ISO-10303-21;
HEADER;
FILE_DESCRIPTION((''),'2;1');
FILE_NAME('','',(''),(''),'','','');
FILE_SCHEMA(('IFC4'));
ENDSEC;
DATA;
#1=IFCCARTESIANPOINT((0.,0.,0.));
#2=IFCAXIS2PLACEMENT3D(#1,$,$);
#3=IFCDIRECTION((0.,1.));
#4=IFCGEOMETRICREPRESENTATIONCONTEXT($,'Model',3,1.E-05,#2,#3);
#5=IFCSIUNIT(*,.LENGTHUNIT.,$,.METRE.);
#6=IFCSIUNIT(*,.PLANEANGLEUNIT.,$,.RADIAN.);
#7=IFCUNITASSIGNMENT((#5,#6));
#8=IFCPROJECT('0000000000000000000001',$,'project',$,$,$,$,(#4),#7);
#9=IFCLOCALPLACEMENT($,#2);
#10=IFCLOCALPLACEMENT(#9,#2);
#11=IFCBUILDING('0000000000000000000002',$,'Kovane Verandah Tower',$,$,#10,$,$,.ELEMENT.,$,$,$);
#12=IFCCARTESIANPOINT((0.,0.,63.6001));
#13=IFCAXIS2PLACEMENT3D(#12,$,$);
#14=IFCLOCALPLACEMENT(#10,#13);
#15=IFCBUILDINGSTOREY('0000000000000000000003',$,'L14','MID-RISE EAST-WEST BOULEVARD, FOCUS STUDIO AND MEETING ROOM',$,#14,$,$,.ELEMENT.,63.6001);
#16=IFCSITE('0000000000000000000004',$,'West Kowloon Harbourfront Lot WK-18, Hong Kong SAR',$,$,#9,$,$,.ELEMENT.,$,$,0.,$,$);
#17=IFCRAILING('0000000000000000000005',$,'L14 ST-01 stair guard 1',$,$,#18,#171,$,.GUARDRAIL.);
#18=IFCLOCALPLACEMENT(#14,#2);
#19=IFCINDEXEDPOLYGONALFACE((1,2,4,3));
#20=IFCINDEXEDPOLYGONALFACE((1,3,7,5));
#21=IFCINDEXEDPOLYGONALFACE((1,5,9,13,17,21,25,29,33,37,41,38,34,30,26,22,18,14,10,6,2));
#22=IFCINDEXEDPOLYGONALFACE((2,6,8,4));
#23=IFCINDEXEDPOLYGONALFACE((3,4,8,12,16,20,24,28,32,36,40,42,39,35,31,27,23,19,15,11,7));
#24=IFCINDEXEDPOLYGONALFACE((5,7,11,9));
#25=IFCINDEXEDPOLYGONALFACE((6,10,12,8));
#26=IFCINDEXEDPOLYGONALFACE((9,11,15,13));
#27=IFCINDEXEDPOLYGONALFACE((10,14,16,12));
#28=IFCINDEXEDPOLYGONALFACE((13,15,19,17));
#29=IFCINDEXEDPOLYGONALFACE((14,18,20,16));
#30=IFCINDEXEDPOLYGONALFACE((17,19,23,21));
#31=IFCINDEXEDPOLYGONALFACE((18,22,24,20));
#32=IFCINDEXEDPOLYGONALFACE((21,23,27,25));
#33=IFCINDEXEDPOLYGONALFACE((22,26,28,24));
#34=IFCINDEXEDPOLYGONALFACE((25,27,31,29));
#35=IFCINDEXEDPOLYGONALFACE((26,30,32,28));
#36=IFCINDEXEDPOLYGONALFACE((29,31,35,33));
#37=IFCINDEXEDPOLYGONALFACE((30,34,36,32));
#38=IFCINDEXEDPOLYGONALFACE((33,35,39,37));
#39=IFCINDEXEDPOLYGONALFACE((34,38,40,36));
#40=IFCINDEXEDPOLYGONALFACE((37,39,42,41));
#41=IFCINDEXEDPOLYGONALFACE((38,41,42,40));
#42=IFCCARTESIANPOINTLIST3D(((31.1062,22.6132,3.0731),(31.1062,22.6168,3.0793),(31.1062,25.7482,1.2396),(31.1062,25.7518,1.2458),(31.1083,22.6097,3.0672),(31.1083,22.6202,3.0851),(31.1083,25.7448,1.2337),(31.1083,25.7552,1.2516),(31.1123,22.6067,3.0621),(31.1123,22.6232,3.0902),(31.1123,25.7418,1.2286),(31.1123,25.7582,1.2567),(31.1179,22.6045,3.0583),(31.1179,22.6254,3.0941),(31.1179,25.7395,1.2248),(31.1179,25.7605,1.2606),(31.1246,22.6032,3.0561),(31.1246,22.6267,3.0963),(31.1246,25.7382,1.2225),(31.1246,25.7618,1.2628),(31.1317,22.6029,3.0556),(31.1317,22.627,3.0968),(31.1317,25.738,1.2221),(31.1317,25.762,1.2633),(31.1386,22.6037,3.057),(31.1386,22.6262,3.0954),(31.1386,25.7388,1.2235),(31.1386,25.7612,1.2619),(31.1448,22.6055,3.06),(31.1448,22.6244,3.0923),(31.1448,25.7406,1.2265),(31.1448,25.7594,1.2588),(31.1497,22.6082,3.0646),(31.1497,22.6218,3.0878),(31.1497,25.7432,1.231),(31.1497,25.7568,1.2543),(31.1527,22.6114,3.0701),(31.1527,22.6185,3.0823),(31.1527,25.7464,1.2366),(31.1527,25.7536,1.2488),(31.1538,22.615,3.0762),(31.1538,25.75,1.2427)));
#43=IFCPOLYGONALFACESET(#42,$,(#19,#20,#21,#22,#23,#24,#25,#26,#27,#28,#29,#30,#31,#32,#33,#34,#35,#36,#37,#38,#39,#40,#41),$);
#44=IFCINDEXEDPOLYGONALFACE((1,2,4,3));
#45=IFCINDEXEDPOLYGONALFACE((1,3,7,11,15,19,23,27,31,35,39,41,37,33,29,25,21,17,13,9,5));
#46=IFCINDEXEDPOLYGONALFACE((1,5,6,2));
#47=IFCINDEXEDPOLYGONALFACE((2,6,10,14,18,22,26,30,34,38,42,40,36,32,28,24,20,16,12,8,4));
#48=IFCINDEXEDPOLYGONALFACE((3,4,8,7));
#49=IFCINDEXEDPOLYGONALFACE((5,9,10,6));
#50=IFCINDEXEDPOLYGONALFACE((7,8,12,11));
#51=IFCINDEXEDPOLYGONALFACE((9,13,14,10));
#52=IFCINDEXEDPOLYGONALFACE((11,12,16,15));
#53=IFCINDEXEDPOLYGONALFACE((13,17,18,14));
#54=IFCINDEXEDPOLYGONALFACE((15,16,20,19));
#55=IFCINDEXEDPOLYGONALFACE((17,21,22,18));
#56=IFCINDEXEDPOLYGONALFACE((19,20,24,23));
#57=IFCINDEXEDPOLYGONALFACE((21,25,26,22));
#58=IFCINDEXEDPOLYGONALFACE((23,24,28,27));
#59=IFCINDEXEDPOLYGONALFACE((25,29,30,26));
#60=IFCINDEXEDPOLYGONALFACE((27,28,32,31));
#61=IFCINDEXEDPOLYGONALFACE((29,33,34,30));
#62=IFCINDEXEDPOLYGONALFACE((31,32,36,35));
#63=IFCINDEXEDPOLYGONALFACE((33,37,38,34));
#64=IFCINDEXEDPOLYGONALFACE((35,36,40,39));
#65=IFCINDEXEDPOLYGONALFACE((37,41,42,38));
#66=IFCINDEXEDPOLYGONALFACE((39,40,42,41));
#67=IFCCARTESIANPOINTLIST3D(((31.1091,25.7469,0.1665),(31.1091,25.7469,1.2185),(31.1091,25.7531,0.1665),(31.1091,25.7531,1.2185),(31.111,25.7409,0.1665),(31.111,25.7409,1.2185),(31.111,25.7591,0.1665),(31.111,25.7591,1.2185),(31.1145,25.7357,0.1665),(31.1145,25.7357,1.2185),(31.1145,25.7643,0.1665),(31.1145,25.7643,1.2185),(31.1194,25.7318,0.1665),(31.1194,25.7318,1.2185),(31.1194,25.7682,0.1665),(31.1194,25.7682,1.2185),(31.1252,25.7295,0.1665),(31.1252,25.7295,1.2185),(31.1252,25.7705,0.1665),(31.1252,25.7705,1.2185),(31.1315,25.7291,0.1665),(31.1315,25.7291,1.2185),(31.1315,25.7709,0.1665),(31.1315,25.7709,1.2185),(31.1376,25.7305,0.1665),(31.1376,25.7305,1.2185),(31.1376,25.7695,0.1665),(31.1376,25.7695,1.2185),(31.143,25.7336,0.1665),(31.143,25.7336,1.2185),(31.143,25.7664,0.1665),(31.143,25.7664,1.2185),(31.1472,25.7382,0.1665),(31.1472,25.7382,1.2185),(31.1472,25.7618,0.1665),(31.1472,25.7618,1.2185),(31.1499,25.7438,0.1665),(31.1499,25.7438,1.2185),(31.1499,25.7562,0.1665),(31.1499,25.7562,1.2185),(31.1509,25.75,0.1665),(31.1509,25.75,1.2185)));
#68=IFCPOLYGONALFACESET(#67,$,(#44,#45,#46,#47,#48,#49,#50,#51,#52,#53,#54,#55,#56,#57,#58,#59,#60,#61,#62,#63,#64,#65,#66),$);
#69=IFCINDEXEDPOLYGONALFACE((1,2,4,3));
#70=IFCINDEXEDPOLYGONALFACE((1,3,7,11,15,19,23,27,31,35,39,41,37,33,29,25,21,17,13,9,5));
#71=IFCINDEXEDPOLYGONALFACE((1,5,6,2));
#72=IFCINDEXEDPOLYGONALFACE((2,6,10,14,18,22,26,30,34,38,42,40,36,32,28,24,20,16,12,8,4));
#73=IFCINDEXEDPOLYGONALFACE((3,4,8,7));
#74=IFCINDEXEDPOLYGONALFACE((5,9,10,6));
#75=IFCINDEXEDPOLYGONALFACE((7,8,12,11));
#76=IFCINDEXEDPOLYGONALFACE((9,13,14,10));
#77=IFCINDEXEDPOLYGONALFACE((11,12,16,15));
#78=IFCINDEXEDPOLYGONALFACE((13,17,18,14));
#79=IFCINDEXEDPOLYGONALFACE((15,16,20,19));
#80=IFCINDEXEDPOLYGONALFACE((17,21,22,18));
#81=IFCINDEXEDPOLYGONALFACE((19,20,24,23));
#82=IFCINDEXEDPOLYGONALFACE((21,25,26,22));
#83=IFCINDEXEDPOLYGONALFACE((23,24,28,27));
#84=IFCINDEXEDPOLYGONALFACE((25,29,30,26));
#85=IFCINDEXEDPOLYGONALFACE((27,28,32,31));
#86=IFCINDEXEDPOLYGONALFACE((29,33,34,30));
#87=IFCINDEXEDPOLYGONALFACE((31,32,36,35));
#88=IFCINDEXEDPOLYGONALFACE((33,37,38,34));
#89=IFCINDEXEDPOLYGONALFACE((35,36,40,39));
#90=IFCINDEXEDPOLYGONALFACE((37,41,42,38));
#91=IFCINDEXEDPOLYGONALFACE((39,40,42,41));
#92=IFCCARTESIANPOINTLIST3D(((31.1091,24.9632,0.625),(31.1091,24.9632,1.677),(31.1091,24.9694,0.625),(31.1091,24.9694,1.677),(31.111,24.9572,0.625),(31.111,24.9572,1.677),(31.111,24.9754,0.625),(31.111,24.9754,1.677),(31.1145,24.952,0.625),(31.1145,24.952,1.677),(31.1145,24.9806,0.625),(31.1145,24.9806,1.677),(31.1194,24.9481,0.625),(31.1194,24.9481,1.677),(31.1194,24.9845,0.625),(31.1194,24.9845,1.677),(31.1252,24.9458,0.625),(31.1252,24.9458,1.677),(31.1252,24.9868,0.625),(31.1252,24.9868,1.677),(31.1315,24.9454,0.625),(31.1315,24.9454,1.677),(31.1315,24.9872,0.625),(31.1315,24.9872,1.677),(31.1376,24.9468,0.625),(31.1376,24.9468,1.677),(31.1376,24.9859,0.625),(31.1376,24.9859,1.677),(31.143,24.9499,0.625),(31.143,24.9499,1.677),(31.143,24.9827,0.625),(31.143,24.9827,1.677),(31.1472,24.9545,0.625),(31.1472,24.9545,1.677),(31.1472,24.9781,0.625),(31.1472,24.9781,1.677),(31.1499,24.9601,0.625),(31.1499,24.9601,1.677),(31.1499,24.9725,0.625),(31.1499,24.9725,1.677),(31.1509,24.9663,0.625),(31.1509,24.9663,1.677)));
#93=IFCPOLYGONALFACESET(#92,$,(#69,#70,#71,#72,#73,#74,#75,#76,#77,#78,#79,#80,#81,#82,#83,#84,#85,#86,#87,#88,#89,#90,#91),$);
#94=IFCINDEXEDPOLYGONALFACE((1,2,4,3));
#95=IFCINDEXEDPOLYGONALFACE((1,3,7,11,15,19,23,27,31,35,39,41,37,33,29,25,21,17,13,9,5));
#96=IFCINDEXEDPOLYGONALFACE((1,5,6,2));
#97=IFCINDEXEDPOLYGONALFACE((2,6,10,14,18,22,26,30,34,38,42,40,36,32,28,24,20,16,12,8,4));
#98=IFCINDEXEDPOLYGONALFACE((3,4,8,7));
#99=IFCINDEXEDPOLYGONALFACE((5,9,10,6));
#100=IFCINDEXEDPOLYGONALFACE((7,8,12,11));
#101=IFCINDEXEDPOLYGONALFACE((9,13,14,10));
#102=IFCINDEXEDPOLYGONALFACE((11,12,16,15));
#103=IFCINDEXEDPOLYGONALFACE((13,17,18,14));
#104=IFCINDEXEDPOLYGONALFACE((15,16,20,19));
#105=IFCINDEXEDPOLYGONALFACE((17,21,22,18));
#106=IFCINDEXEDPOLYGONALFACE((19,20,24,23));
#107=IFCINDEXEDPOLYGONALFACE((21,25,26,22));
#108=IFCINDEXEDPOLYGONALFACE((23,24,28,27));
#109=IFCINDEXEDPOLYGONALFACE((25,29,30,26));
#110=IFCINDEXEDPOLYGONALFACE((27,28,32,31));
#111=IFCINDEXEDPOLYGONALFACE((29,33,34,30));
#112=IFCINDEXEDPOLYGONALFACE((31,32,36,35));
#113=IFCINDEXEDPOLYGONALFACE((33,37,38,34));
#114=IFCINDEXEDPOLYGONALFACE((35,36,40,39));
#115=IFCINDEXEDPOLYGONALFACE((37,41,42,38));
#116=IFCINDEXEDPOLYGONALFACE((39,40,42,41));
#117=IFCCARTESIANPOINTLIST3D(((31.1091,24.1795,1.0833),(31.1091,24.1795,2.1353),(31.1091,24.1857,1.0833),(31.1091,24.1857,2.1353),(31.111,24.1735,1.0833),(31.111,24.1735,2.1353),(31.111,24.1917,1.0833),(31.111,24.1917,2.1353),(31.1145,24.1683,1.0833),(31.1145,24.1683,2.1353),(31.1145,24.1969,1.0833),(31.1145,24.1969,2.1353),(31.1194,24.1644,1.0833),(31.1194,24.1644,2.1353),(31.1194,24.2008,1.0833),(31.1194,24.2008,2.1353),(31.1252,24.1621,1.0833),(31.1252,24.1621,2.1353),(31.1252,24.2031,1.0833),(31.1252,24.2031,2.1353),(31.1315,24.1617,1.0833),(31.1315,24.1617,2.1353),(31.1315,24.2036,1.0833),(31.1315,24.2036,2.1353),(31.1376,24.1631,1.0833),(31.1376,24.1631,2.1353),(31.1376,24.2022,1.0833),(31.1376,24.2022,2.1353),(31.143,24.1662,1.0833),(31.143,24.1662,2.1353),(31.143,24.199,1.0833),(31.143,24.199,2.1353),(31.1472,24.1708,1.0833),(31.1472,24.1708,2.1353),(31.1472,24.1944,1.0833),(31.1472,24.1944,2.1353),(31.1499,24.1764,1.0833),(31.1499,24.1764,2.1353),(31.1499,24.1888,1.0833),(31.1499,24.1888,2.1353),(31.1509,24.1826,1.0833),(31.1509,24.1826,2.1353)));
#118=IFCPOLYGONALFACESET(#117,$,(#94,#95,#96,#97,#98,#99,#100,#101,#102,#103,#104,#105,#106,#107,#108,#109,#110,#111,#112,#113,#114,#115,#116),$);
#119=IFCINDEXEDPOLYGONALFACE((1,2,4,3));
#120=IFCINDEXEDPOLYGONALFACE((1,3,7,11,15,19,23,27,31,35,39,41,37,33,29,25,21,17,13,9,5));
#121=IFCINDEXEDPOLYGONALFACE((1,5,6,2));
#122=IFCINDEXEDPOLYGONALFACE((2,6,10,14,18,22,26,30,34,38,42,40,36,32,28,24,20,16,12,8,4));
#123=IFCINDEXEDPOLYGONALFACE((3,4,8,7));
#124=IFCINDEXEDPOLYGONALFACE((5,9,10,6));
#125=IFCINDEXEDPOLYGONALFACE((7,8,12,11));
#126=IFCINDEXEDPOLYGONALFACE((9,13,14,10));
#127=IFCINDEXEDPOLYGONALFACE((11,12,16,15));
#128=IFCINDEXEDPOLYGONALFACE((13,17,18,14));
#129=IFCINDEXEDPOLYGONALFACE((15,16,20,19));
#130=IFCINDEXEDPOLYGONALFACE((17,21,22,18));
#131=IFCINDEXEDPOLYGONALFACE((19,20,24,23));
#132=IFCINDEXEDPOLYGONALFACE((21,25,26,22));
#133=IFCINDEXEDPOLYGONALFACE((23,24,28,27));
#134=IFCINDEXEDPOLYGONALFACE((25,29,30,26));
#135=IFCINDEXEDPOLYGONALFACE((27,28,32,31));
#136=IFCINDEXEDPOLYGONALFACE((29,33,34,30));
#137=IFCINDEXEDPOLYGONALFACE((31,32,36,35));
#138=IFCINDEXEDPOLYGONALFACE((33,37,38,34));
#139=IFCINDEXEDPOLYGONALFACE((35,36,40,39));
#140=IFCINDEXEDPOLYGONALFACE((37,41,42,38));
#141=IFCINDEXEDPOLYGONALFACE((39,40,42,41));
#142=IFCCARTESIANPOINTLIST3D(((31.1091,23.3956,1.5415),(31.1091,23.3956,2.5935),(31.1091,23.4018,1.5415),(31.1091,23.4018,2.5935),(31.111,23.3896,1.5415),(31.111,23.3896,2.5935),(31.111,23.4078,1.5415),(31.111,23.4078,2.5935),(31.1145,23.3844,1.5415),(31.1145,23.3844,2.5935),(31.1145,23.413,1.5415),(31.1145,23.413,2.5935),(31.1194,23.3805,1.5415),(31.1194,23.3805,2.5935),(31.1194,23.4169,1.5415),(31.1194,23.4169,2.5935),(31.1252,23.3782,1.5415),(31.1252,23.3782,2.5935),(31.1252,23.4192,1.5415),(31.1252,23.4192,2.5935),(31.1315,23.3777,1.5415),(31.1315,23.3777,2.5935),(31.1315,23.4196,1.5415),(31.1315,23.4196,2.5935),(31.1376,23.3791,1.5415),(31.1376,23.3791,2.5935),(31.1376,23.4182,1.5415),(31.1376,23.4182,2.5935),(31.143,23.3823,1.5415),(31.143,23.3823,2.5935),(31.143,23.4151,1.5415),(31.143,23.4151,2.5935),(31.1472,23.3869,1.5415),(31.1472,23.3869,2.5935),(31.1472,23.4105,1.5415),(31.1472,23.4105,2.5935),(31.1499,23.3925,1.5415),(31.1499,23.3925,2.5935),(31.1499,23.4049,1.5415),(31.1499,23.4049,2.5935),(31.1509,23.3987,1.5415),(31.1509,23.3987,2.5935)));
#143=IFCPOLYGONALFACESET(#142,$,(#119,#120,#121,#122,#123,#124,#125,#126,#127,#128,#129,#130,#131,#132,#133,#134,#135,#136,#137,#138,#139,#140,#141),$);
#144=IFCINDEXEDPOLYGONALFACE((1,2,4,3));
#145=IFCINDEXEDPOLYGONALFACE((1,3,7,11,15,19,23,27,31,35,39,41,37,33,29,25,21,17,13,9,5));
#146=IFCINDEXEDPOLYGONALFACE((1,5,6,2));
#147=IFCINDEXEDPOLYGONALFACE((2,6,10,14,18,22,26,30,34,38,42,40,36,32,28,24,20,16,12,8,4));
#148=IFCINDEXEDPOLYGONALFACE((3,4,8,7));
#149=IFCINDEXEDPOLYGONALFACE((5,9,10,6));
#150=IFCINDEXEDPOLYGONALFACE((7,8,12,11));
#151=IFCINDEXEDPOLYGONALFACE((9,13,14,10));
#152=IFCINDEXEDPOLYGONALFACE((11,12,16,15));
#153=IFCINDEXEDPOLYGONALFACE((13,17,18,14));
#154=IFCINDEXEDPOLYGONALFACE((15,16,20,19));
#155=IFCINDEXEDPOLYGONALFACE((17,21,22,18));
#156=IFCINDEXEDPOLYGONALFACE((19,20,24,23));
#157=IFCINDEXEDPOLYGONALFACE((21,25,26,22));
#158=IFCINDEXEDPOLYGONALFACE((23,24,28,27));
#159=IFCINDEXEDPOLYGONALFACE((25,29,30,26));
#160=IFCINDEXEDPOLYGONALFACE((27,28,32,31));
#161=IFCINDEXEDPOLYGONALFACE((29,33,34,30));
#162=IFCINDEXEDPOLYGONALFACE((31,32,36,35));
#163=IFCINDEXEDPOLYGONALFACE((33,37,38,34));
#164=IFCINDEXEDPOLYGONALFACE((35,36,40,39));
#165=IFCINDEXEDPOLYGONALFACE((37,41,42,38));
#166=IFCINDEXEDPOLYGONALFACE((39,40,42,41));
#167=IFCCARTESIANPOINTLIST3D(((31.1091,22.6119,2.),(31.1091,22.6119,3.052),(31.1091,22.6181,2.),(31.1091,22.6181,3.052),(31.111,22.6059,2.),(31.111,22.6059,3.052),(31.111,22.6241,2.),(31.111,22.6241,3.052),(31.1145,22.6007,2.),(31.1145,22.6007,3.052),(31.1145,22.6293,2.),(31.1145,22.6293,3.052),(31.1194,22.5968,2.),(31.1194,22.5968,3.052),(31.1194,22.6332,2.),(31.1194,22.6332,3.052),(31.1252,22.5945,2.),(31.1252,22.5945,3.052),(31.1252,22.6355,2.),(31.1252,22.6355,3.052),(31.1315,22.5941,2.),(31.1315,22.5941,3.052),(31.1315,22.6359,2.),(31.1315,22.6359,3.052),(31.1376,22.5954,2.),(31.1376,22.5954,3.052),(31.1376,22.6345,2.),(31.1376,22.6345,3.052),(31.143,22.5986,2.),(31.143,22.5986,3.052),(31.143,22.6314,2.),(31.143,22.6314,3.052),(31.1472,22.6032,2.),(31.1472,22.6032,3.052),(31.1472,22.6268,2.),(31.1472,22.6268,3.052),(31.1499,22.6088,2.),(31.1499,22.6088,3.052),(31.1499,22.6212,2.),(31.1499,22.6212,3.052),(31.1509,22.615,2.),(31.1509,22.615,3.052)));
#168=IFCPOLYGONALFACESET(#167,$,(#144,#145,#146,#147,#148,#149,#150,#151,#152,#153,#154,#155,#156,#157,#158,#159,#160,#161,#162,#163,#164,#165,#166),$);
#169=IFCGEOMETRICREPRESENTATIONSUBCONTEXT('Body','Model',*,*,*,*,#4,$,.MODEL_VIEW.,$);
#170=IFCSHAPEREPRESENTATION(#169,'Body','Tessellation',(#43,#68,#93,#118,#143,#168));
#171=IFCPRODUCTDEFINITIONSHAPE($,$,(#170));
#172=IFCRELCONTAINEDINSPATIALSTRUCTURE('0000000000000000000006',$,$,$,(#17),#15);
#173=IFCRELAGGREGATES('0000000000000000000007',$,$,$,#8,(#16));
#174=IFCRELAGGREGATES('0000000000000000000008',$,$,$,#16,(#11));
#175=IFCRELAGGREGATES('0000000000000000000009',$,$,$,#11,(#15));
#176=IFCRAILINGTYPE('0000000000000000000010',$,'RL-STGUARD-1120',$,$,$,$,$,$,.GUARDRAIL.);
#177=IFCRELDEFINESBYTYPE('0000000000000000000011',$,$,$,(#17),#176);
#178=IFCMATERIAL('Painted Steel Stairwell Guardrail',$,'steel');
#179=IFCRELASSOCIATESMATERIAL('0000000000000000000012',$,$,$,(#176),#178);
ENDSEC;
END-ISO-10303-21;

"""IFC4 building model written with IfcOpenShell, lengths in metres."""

from ifc_helpers import new_model, si_unit, direction, frame, origin, origin_2d, place, context, subcontext, project, spatial, circle, extrude, material, type_object, element, save


model = new_model("IFC4")

# Units and contexts
model_context = context("Model", 3, precision=1e-05, world=origin(), true_north=direction((0.0, 1.0)))
body_context = subcontext(model_context, "Body", "Model", "MODEL_VIEW")
ifc_project = project(units=[si_unit("LENGTHUNIT", "METRE"), si_unit("PLANEANGLEUNIT", "RADIAN")], contexts=[model_context])

# Site, building, storey
site_placement = place(None, origin())
site = spatial("IfcSite", under=ifc_project, at=site_placement, Name="West Kowloon Harbourfront Lot WK-18, Hong Kong SAR", CompositionType="ELEMENT", RefElevation=0.0)
building_placement = place(site_placement, origin())
building = spatial("IfcBuilding", under=site, at=building_placement, Name="Kovane Verandah Tower", CompositionType="ELEMENT")
storey_placement = place(building_placement, frame((0.0, 0.0, 63.6001)))
storey = spatial("IfcBuildingStorey", under=building, at=storey_placement, Name="L14", Description="MID-RISE EAST-WEST BOULEVARD, FOCUS STUDIO AND MEETING ROOM", CompositionType="ELEMENT", Elevation=63.6001)

# Railing
ifc_material_1 = material(Name="Painted Steel Stairwell Guardrail", Category="steel")
railing_type_1 = type_object("IfcRailingType", Name="RL-STGUARD-1120", PredefinedType="GUARDRAIL", material=ifc_material_1)
railing_1_placement = place(storey_placement, frame((31.1299, 25.75, 0.1665)))
element("IfcRailing", 1, at=railing_1_placement, inside=storey, type_object=railing_type_1, Name="L14 ST-01 stair guard 1", PredefinedType="GUARDRAIL", context=body_context, shape_type="SweptSolid", body=[
    extrude(circle(Radius=0.0239, at=origin_2d()), frame((0.0, 0.0, 1.0762), z_axis=(0.0, -0.86321, 0.504845), x_axis=(1.0, 0.0, 0.0)), (0.0, 0.0, 1.0), 3.6318),
    extrude(circle(Radius=0.021, at=origin_2d()), origin(), (0.0, 0.0, 1.0), 1.052),
    extrude(circle(Radius=0.021, at=origin_2d()), frame((0.0, -0.7837, 0.4585)), (0.0, 0.0, 1.0), 1.052),
    extrude(circle(Radius=0.021, at=origin_2d()), frame((0.0, -1.5674, 0.9167)), (0.0, 0.0, 1.0), 1.052),
    extrude(circle(Radius=0.021, at=origin_2d()), frame((0.0, -2.3513, 1.375)), (0.0, 0.0, 1.0), 1.052),
    extrude(circle(Radius=0.021, at=origin_2d()), frame((0.0, -3.135, 1.8335)), (0.0, 0.0, 1.0), 1.052),
])

save(model, "model.ifc")
